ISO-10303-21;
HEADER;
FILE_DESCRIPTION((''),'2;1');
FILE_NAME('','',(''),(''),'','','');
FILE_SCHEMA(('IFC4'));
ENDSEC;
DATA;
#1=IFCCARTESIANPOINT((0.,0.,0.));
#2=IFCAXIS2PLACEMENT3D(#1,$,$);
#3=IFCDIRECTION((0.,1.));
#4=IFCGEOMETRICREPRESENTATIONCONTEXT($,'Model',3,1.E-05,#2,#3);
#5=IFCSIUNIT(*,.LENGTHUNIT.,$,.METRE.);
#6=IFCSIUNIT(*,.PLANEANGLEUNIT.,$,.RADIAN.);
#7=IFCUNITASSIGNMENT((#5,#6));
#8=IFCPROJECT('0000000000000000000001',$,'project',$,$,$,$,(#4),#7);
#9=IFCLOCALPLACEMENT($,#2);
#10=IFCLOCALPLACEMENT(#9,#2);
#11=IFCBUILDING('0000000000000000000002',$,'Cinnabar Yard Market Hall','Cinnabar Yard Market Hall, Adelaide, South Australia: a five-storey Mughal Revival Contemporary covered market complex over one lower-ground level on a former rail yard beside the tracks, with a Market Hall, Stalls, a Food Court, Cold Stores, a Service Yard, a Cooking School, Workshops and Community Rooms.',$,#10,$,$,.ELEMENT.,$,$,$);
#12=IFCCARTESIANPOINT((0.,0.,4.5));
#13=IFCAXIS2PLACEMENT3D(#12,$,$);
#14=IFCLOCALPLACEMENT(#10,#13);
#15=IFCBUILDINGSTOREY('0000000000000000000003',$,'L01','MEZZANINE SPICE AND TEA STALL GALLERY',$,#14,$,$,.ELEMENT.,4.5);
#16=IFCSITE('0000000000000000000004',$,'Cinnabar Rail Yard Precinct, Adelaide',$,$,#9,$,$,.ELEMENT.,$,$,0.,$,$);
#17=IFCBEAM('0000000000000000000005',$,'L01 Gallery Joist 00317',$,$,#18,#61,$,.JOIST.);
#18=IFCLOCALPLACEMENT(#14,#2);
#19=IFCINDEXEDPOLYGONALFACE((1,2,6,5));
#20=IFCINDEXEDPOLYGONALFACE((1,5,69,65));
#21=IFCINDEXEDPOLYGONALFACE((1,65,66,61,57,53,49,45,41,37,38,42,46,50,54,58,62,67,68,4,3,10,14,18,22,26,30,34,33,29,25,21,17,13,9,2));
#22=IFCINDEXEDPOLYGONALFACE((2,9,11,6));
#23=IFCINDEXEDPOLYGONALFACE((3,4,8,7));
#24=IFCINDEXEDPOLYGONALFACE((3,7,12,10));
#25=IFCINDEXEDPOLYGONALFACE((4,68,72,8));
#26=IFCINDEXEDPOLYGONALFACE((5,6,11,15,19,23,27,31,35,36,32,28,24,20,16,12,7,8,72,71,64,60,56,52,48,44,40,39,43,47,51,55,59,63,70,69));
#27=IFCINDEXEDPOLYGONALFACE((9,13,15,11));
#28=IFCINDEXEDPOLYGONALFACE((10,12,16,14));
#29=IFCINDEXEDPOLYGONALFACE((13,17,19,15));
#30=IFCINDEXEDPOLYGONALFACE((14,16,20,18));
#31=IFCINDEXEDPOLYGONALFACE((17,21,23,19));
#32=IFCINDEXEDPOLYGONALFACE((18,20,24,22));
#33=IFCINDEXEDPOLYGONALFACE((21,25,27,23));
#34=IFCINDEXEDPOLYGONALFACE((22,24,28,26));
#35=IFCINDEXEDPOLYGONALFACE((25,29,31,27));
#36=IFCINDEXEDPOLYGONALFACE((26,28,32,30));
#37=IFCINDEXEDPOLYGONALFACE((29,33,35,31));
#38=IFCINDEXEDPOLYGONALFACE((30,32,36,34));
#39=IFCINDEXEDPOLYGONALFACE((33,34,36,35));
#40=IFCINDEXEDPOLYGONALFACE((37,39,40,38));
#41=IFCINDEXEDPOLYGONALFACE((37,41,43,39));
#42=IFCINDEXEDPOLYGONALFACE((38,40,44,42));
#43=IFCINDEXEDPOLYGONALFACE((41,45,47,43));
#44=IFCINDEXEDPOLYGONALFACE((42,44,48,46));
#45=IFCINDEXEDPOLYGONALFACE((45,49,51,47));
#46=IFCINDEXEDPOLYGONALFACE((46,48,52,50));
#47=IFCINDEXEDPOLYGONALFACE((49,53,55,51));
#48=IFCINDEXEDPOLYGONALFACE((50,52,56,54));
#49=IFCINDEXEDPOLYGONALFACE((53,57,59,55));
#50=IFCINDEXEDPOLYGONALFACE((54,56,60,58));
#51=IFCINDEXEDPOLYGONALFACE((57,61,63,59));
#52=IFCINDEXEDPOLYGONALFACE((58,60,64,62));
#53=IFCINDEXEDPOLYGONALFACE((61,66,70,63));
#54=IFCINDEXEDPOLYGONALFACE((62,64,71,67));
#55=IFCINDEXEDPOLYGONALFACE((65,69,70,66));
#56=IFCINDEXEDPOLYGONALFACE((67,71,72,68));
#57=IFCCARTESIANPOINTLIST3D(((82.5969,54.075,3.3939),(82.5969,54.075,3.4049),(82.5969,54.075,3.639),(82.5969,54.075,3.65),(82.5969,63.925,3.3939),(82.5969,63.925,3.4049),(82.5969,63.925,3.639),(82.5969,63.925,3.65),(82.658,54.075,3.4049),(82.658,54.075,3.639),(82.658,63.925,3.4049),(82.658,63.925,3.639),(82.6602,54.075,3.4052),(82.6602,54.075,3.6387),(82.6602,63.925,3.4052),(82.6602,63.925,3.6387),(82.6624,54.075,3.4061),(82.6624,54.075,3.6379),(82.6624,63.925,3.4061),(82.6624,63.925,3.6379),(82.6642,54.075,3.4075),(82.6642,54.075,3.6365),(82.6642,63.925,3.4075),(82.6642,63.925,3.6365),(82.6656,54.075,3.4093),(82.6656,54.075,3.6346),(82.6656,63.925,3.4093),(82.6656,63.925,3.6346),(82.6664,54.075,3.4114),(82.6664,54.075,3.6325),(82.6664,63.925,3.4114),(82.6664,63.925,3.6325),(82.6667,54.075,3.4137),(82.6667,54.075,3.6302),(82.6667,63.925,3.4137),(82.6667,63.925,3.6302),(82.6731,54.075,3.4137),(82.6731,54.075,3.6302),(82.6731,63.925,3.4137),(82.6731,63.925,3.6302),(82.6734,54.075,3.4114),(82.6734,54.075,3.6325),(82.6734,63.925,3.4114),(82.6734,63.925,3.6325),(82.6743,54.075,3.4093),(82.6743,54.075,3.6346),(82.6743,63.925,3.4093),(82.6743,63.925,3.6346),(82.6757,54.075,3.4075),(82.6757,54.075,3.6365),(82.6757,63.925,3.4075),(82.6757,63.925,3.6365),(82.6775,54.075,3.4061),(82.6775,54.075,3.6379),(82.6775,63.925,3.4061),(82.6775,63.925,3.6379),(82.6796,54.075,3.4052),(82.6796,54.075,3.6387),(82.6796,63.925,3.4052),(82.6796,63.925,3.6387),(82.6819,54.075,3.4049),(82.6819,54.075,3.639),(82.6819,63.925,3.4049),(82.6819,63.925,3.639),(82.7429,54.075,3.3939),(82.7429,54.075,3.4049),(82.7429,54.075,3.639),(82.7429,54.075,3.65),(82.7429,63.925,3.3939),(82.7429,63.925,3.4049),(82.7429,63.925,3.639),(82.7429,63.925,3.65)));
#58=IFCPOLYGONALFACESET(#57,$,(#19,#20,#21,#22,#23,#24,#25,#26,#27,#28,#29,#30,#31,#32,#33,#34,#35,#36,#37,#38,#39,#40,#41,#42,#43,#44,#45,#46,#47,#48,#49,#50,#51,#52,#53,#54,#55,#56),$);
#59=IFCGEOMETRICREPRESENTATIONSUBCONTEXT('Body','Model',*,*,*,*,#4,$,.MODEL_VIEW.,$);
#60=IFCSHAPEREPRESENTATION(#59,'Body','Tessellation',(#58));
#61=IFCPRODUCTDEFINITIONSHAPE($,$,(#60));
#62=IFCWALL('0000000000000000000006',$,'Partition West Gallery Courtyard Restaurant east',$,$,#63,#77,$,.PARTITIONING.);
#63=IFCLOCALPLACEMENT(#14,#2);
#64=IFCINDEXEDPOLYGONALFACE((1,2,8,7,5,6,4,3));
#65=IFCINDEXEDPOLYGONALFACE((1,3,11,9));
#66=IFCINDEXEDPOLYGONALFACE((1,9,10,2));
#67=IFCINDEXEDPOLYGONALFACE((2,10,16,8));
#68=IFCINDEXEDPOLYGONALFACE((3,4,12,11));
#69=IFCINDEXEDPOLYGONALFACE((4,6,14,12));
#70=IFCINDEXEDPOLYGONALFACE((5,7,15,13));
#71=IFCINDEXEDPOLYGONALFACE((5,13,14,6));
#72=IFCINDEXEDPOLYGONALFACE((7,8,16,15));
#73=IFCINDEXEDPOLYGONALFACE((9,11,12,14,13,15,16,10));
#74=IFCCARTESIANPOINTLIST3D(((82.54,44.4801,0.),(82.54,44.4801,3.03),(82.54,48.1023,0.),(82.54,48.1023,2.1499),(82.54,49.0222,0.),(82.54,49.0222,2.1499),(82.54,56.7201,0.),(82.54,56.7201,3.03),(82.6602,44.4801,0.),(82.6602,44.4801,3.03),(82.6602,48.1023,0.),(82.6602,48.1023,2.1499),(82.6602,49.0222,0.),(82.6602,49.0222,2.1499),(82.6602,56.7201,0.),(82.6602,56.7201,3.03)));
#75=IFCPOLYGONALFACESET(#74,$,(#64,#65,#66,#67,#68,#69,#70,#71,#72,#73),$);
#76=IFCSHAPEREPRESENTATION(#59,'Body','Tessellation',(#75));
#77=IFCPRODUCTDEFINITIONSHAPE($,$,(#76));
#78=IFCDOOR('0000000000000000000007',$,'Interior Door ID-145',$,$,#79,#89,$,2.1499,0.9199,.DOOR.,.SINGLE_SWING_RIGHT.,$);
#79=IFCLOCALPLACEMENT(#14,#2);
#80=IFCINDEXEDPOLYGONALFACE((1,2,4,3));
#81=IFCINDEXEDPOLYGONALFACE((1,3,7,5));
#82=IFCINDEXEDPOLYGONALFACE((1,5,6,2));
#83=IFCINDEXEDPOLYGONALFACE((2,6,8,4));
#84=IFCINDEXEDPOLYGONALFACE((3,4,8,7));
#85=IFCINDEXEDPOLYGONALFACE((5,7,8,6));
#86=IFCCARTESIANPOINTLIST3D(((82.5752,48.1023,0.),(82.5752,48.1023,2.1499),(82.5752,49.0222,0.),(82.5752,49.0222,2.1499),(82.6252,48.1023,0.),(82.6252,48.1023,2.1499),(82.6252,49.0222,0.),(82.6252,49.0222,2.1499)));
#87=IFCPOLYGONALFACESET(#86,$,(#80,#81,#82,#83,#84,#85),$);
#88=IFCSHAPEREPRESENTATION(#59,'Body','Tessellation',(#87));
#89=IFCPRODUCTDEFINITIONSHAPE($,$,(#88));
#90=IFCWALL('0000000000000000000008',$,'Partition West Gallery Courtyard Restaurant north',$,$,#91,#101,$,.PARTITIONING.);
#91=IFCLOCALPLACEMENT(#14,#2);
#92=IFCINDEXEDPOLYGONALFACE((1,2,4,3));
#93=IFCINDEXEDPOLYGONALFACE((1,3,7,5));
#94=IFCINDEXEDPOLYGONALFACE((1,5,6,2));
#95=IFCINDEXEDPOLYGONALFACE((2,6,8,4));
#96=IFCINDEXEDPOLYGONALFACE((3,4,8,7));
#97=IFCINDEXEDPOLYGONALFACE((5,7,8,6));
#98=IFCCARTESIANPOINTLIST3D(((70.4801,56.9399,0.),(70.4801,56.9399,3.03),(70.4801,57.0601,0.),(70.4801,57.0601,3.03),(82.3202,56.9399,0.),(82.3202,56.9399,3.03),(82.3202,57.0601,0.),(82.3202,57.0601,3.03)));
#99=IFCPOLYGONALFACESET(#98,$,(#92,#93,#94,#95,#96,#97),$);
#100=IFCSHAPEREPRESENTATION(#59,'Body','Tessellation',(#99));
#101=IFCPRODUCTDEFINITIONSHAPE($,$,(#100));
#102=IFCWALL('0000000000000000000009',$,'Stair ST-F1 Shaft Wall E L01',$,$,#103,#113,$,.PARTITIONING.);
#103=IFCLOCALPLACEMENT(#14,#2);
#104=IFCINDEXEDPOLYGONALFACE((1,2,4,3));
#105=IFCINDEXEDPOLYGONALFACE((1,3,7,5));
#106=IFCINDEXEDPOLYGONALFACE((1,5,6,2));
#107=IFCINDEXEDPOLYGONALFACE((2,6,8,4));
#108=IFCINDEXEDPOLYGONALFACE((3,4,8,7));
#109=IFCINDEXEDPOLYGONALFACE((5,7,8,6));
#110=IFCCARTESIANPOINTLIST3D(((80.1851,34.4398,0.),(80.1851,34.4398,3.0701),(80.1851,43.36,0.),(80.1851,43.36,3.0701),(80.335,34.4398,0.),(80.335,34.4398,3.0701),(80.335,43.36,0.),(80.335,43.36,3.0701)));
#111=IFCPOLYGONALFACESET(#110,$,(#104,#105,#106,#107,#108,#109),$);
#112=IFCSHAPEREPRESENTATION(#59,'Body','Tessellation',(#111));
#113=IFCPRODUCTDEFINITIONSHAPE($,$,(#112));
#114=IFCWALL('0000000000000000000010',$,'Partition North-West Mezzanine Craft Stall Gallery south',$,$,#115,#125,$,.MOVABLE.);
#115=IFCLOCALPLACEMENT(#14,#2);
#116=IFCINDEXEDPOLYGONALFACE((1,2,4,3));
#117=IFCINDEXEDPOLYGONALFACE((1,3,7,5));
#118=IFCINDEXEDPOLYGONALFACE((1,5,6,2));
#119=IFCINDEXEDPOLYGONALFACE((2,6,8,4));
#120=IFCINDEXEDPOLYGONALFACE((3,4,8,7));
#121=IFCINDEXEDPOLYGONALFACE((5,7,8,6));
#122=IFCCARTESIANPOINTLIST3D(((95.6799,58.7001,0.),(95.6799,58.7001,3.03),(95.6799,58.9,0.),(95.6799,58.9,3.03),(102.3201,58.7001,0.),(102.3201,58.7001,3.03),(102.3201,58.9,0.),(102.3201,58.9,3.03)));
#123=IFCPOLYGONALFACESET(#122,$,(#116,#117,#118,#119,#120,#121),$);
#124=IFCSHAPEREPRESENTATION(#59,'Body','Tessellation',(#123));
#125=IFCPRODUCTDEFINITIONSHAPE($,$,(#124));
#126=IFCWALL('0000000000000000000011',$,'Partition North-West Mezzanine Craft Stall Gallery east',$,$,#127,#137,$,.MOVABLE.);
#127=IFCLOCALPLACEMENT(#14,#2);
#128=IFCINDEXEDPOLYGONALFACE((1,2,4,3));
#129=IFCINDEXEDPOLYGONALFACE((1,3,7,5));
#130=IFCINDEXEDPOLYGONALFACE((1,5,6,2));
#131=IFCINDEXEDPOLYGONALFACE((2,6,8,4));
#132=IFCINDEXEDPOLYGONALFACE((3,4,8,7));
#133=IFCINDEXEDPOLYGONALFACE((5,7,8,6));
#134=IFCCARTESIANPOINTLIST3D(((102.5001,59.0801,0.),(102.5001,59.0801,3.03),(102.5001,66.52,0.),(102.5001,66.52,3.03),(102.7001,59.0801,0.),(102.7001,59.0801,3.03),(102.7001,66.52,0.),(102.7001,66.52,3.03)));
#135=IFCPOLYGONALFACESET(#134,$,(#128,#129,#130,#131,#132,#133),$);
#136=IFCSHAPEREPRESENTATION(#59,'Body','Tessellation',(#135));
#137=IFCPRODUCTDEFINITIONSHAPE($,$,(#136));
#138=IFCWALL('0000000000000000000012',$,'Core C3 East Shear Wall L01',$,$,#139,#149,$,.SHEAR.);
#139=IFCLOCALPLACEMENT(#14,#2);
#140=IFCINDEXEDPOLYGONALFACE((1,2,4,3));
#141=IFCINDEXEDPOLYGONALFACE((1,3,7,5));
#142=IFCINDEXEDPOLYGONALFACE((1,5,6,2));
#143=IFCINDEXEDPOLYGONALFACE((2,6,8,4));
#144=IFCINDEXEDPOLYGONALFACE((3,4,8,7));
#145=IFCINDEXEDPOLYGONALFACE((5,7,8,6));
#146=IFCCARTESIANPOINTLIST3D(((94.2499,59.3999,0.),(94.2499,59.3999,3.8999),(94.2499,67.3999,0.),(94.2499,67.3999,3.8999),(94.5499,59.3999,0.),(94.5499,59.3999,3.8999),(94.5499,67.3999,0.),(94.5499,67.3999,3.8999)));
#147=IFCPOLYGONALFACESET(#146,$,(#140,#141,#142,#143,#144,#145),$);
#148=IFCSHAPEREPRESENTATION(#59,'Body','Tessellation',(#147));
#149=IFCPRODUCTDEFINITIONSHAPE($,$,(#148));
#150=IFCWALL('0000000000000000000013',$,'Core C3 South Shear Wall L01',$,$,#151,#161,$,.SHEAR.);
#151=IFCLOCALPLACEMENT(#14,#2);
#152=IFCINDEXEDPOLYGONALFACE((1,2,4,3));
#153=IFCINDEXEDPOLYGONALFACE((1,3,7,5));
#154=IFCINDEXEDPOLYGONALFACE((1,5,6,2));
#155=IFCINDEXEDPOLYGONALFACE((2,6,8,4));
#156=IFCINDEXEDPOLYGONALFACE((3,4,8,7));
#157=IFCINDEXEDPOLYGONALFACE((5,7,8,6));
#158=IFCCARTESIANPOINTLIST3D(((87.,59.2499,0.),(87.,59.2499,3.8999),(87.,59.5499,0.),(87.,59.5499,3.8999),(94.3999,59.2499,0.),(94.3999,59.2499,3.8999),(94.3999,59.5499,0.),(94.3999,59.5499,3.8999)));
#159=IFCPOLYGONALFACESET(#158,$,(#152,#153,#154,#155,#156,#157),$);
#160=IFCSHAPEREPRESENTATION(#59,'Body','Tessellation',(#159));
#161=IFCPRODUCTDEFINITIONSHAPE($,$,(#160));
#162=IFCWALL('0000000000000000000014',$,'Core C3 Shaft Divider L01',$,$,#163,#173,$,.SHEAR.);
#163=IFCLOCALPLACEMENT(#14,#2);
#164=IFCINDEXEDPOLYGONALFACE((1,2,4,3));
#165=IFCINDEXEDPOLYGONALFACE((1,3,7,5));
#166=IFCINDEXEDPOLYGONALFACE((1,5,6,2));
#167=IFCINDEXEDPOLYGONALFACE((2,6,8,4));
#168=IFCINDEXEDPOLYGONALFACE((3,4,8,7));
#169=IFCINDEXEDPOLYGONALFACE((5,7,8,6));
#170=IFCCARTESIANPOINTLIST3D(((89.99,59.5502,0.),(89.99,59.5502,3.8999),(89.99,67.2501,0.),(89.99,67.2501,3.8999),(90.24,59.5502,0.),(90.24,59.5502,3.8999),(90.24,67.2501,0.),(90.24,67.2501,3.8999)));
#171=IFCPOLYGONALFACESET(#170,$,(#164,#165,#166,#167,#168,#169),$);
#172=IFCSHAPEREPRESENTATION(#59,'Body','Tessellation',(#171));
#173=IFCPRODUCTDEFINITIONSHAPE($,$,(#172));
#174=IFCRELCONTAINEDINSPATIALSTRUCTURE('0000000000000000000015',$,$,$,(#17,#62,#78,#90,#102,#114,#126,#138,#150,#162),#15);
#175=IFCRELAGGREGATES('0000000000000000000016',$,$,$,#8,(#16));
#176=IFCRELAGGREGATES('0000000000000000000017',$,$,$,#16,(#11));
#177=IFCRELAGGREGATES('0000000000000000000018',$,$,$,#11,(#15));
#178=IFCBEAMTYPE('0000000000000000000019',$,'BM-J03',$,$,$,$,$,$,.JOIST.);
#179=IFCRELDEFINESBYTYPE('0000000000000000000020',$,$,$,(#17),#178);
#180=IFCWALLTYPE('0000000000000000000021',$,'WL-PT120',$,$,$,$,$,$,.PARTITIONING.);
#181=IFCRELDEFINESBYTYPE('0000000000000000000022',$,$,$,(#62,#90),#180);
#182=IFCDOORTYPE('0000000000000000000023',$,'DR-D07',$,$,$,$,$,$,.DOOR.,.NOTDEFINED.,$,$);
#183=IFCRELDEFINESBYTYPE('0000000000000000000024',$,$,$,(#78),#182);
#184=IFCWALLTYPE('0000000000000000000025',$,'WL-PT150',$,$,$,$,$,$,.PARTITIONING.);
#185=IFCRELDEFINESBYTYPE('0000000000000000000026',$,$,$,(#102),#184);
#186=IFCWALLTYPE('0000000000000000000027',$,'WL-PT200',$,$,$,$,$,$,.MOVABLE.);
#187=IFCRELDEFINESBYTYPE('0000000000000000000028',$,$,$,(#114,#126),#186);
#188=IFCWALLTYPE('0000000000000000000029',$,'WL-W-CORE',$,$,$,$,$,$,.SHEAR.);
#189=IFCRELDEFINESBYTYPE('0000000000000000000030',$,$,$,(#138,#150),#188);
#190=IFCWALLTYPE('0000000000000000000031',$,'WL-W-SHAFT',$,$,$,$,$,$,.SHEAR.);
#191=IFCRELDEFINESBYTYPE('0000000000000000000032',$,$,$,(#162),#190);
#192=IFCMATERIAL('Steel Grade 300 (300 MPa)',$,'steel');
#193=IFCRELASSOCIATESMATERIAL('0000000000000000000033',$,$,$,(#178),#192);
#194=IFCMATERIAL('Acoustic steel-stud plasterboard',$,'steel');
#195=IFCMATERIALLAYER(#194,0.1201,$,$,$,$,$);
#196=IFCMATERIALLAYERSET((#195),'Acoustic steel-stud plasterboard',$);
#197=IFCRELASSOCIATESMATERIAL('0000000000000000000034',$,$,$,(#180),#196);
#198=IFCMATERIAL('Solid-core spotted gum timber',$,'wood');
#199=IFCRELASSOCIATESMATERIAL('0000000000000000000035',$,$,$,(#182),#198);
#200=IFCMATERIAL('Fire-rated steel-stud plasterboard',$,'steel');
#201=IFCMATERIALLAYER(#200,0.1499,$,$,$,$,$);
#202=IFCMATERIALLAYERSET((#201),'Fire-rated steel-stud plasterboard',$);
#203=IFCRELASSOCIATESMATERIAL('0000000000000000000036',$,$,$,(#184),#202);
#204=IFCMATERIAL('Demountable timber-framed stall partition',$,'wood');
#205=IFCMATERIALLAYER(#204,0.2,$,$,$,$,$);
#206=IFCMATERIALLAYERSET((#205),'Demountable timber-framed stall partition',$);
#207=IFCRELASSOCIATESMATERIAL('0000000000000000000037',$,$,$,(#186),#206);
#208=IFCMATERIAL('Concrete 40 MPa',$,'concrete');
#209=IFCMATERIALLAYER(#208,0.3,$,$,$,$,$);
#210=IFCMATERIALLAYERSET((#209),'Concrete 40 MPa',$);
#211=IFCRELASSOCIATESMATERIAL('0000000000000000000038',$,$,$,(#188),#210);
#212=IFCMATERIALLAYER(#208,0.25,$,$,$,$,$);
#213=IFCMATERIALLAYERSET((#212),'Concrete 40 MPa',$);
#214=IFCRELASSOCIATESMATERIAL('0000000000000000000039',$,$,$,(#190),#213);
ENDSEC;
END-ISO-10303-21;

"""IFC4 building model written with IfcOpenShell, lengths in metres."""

from ifc_helpers import new_model, si_unit, direction, frame, frame_2d, origin, origin_2d_with_axis, place, context, subcontext, project, spatial, rectangle, i_section, extrude, material, layer, layer_set, material_profile, profile_set, type_object, element, fill, save


model = new_model("IFC4")

# Units and contexts
model_context = context("Model", 3, precision=1e-05, world=origin(), true_north=direction((0.0, 1.0)))
body_context = subcontext(model_context, "Body", "Model", "MODEL_VIEW")
ifc_project = project(units=[si_unit("LENGTHUNIT", "METRE"), si_unit("PLANEANGLEUNIT", "RADIAN")], contexts=[model_context])

# Site, building, storey
site_placement = place(None, origin())
site = spatial("IfcSite", under=ifc_project, at=site_placement, Name="Cinnabar Rail Yard Precinct, Adelaide", CompositionType="ELEMENT", RefElevation=0.0)
building_placement = place(site_placement, origin())
building = spatial("IfcBuilding", under=site, at=building_placement, Name="Cinnabar Yard Market Hall", Description="Cinnabar Yard Market Hall, Adelaide, South Australia: a five-storey Mughal Revival Contemporary covered market complex over one lower-ground level on a former rail yard beside the tracks, with a Market Hall, Stalls, a Food Court, Cold Stores, a Service Yard, a Cooking School, Workshops and Community Rooms.", CompositionType="ELEMENT")
storey_placement = place(building_placement, frame((0.0, 0.0, 4.5)))
storey = spatial("IfcBuildingStorey", under=building, at=storey_placement, Name="L01", Description="MEZZANINE SPICE AND TEA STALL GALLERY", CompositionType="ELEMENT", Elevation=4.5)

# Beam
ifc_material_1 = material(Name="Steel Grade 300 (300 MPa)", Category="steel")
ifc_material_profile_1 = material_profile(ifc_material_1, i_section(OverallWidth=0.146, OverallDepth=0.2561, WebThickness=0.0063, FlangeThickness=0.011, FilletRadius=0.0088, at=origin_2d_with_axis()), Name="250UB37.3")
ifc_profile_set_1 = profile_set([ifc_material_profile_1], Name="Steel Grade 300 (300 MPa)")
beam_type_1 = type_object("IfcBeamType", Name="BM-J03", PredefinedType="JOIST", material=ifc_profile_set_1)
for number, where, z_axis, x_axis, name in (
    (1, (82.6699, 54.075, 3.522), (0.0, 1.0, 0.0), (-1.0, 0.0, 0.0), "L01 Gallery Joist 00317"),
):
    element("IfcBeam", number, at=place(storey_placement, frame(where, z_axis=z_axis, x_axis=x_axis)), inside=storey, type_object=beam_type_1, Name=name, PredefinedType="JOIST", context=body_context, shape_type="SweptSolid", body=[
        extrude(i_section(OverallWidth=0.146, OverallDepth=0.2561, WebThickness=0.0063, FlangeThickness=0.011, FilletRadius=0.0088, at=origin_2d_with_axis()), origin(), (0.0, 0.0, 1.0), 9.8501),
    ])

# Wall, opening, door
ifc_material_2 = material(Name="Acoustic steel-stud plasterboard", Category="steel")
ifc_layer_1 = layer(ifc_material_2, 0.1201)
ifc_layer_set_1 = layer_set([ifc_layer_1], Name="Acoustic steel-stud plasterboard")
wall_type_1 = type_object("IfcWallType", Name="WL-PT120", PredefinedType="PARTITIONING", material=ifc_layer_set_1)
wall_1_placement = place(storey_placement, frame((82.6001, 44.48, 0.0), z_axis=(0.0, 0.0, 1.0), x_axis=(0.0, 1.0, 0.0)))
wall_1 = element("IfcWall", 2, at=wall_1_placement, inside=storey, type_object=wall_type_1, Name="Partition West Gallery Courtyard Restaurant east", PredefinedType="PARTITIONING", context=body_context, shape_type="SweptSolid", body=[
    extrude(rectangle(XDim=12.24, YDim=0.1201, at=frame_2d((6.1201, 0.0), x_axis=(1.0, 0.0))), origin(), (0.0, 0.0, 1.0), 3.03),
])
opening_1_placement = place(wall_1_placement, frame((3.6223, 0.0, 0.0)))
opening_1 = element("IfcOpeningElement", 3, at=opening_1_placement, cuts=wall_1, PredefinedType="OPENING", context=body_context, shape_type="SweptSolid", body=[
    extrude(rectangle(XDim=0.9199, YDim=2.1499, at=frame_2d((0.46, 1.075), x_axis=(1.0, 0.0))), frame((0.0, 0.0701, 0.0), z_axis=(0.0, -1.0, 0.0), x_axis=(1.0, 0.0, 0.0)), (0.0, 0.0, 1.0), 0.1401),
])
ifc_material_3 = material(Name="Solid-core spotted gum timber", Category="wood")
door_type_1 = type_object("IfcDoorType", Name="DR-D07", OperationType="NOTDEFINED", PredefinedType="DOOR", material=ifc_material_3)
door_1_placement = place(opening_1_placement, origin())
door_1 = element("IfcDoor", 4, at=door_1_placement, inside=storey, type_object=door_type_1, Name="Interior Door ID-145", OperationType="SINGLE_SWING_RIGHT", OverallHeight=2.1499, OverallWidth=0.9199, PredefinedType="DOOR", context=body_context, shape_type="SweptSolid", body=[
    extrude(rectangle(XDim=0.9199, YDim=2.1499, at=frame_2d((0.46, 1.075), x_axis=(1.0, 0.0))), frame((0.0, 0.0249, 0.0), z_axis=(0.0, -1.0, 0.0), x_axis=(1.0, 0.0, 0.0)), (0.0, 0.0, 1.0), 0.05),
])
fill(opening_1, door_1)

# Walls
wall_2_placement = place(storey_placement, frame((82.3201, 57.0, 0.0), z_axis=(0.0, 0.0, 1.0), x_axis=(-1.0, 0.0, 0.0)))
element("IfcWall", 5, at=wall_2_placement, inside=storey, type_object=wall_type_1, Name="Partition West Gallery Courtyard Restaurant north", PredefinedType="PARTITIONING", context=body_context, shape_type="SweptSolid", body=[
    extrude(rectangle(XDim=11.8401, YDim=0.1201, at=frame_2d((5.9199, 0.0), x_axis=(1.0, 0.0))), origin(), (0.0, 0.0, 1.0), 3.03),
])
ifc_material_4 = material(Name="Fire-rated steel-stud plasterboard", Category="steel")
ifc_layer_2 = layer(ifc_material_4, 0.1499)
ifc_layer_set_2 = layer_set([ifc_layer_2], Name="Fire-rated steel-stud plasterboard")
wall_type_2 = type_object("IfcWallType", Name="WL-PT150", PredefinedType="PARTITIONING", material=ifc_layer_set_2)
wall_3_placement = place(storey_placement, frame((80.26, 34.4399, 0.0), z_axis=(0.0, 0.0, 1.0), x_axis=(0.0, 1.0, 0.0)))
element("IfcWall", 6, at=wall_3_placement, inside=storey, type_object=wall_type_2, Name="Stair ST-F1 Shaft Wall E L01", PredefinedType="PARTITIONING", context=body_context, shape_type="SweptSolid", body=[
    extrude(rectangle(XDim=8.9202, YDim=0.1499, at=frame_2d((4.46, 0.0), x_axis=(1.0, 0.0))), origin(), (0.0, 0.0, 1.0), 3.0701),
])

# Walls
ifc_material_5 = material(Name="Demountable timber-framed stall partition", Category="wood")
ifc_layer_3 = layer(ifc_material_5, 0.2)
ifc_layer_set_3 = layer_set([ifc_layer_3], Name="Demountable timber-framed stall partition")
wall_type_3 = type_object("IfcWallType", Name="WL-PT200", PredefinedType="MOVABLE", material=ifc_layer_set_3)
wall_4_placement = place(storey_placement, frame((95.6799, 58.8, 0.0), z_axis=(0.0, 0.0, 1.0), x_axis=(1.0, 0.0, 0.0)))
element("IfcWall", 7, at=wall_4_placement, inside=storey, type_object=wall_type_3, Name="Partition North-West Mezzanine Craft Stall Gallery south", PredefinedType="MOVABLE", context=body_context, shape_type="SweptSolid", body=[
    extrude(rectangle(XDim=6.6401, YDim=0.2, at=frame_2d((3.3201, 0.0), x_axis=(1.0, 0.0))), origin(), (0.0, 0.0, 1.0), 3.03),
])
wall_5_placement = place(storey_placement, frame((102.6001, 59.0801, 0.0), z_axis=(0.0, 0.0, 1.0), x_axis=(0.0, 1.0, 0.0)))
element("IfcWall", 8, at=wall_5_placement, inside=storey, type_object=wall_type_3, Name="Partition North-West Mezzanine Craft Stall Gallery east", PredefinedType="MOVABLE", context=body_context, shape_type="SweptSolid", body=[
    extrude(rectangle(XDim=7.4399, YDim=0.2, at=frame_2d((3.72, 0.0), x_axis=(1.0, 0.0))), origin(), (0.0, 0.0, 1.0), 3.03),
])
ifc_material_6 = material(Name="Concrete 40 MPa", Category="concrete")
ifc_layer_4 = layer(ifc_material_6, 0.3)
ifc_layer_set_4 = layer_set([ifc_layer_4], Name="Concrete 40 MPa")
wall_type_4 = type_object("IfcWallType", Name="WL-W-CORE", PredefinedType="SHEAR", material=ifc_layer_set_4)
wall_6_placement = place(storey_placement, frame((94.3999, 59.3999, 0.0), z_axis=(0.0, 0.0, 1.0), x_axis=(0.0, 1.0, 0.0)))
element("IfcWall", 9, at=wall_6_placement, inside=storey, type_object=wall_type_4, Name="Core C3 East Shear Wall L01", PredefinedType="SHEAR", context=body_context, shape_type="SweptSolid", body=[
    extrude(rectangle(XDim=8.0, YDim=0.3, at=frame_2d((4.0, 0.0), x_axis=(1.0, 0.0))), origin(), (0.0, 0.0, 1.0), 3.8999),
])
wall_7_placement = place(storey_placement, frame((87.0, 59.3999, 0.0), z_axis=(0.0, 0.0, 1.0), x_axis=(1.0, 0.0, 0.0)))
element("IfcWall", 10, at=wall_7_placement, inside=storey, type_object=wall_type_4, Name="Core C3 South Shear Wall L01", PredefinedType="SHEAR", context=body_context, shape_type="SweptSolid", body=[
    extrude(rectangle(XDim=7.3999, YDim=0.3, at=frame_2d((3.7, 0.0), x_axis=(1.0, 0.0))), origin(), (0.0, 0.0, 1.0), 3.8999),
])
ifc_layer_5 = layer(ifc_material_6, 0.25)
ifc_layer_set_5 = layer_set([ifc_layer_5], Name="Concrete 40 MPa")
wall_type_5 = type_object("IfcWallType", Name="WL-W-SHAFT", PredefinedType="SHEAR", material=ifc_layer_set_5)
wall_8_placement = place(storey_placement, frame((90.115, 59.55, 0.0), z_axis=(0.0, 0.0, 1.0), x_axis=(0.0, 1.0, 0.0)))
element("IfcWall", 11, at=wall_8_placement, inside=storey, type_object=wall_type_5, Name="Core C3 Shaft Divider L01", PredefinedType="SHEAR", context=body_context, shape_type="SweptSolid", body=[
    extrude(rectangle(XDim=7.7, YDim=0.25, at=frame_2d((3.8501, 0.0), x_axis=(1.0, 0.0))), origin(), (0.0, 0.0, 1.0), 3.8999),
])

save(model, "model.ifc")
